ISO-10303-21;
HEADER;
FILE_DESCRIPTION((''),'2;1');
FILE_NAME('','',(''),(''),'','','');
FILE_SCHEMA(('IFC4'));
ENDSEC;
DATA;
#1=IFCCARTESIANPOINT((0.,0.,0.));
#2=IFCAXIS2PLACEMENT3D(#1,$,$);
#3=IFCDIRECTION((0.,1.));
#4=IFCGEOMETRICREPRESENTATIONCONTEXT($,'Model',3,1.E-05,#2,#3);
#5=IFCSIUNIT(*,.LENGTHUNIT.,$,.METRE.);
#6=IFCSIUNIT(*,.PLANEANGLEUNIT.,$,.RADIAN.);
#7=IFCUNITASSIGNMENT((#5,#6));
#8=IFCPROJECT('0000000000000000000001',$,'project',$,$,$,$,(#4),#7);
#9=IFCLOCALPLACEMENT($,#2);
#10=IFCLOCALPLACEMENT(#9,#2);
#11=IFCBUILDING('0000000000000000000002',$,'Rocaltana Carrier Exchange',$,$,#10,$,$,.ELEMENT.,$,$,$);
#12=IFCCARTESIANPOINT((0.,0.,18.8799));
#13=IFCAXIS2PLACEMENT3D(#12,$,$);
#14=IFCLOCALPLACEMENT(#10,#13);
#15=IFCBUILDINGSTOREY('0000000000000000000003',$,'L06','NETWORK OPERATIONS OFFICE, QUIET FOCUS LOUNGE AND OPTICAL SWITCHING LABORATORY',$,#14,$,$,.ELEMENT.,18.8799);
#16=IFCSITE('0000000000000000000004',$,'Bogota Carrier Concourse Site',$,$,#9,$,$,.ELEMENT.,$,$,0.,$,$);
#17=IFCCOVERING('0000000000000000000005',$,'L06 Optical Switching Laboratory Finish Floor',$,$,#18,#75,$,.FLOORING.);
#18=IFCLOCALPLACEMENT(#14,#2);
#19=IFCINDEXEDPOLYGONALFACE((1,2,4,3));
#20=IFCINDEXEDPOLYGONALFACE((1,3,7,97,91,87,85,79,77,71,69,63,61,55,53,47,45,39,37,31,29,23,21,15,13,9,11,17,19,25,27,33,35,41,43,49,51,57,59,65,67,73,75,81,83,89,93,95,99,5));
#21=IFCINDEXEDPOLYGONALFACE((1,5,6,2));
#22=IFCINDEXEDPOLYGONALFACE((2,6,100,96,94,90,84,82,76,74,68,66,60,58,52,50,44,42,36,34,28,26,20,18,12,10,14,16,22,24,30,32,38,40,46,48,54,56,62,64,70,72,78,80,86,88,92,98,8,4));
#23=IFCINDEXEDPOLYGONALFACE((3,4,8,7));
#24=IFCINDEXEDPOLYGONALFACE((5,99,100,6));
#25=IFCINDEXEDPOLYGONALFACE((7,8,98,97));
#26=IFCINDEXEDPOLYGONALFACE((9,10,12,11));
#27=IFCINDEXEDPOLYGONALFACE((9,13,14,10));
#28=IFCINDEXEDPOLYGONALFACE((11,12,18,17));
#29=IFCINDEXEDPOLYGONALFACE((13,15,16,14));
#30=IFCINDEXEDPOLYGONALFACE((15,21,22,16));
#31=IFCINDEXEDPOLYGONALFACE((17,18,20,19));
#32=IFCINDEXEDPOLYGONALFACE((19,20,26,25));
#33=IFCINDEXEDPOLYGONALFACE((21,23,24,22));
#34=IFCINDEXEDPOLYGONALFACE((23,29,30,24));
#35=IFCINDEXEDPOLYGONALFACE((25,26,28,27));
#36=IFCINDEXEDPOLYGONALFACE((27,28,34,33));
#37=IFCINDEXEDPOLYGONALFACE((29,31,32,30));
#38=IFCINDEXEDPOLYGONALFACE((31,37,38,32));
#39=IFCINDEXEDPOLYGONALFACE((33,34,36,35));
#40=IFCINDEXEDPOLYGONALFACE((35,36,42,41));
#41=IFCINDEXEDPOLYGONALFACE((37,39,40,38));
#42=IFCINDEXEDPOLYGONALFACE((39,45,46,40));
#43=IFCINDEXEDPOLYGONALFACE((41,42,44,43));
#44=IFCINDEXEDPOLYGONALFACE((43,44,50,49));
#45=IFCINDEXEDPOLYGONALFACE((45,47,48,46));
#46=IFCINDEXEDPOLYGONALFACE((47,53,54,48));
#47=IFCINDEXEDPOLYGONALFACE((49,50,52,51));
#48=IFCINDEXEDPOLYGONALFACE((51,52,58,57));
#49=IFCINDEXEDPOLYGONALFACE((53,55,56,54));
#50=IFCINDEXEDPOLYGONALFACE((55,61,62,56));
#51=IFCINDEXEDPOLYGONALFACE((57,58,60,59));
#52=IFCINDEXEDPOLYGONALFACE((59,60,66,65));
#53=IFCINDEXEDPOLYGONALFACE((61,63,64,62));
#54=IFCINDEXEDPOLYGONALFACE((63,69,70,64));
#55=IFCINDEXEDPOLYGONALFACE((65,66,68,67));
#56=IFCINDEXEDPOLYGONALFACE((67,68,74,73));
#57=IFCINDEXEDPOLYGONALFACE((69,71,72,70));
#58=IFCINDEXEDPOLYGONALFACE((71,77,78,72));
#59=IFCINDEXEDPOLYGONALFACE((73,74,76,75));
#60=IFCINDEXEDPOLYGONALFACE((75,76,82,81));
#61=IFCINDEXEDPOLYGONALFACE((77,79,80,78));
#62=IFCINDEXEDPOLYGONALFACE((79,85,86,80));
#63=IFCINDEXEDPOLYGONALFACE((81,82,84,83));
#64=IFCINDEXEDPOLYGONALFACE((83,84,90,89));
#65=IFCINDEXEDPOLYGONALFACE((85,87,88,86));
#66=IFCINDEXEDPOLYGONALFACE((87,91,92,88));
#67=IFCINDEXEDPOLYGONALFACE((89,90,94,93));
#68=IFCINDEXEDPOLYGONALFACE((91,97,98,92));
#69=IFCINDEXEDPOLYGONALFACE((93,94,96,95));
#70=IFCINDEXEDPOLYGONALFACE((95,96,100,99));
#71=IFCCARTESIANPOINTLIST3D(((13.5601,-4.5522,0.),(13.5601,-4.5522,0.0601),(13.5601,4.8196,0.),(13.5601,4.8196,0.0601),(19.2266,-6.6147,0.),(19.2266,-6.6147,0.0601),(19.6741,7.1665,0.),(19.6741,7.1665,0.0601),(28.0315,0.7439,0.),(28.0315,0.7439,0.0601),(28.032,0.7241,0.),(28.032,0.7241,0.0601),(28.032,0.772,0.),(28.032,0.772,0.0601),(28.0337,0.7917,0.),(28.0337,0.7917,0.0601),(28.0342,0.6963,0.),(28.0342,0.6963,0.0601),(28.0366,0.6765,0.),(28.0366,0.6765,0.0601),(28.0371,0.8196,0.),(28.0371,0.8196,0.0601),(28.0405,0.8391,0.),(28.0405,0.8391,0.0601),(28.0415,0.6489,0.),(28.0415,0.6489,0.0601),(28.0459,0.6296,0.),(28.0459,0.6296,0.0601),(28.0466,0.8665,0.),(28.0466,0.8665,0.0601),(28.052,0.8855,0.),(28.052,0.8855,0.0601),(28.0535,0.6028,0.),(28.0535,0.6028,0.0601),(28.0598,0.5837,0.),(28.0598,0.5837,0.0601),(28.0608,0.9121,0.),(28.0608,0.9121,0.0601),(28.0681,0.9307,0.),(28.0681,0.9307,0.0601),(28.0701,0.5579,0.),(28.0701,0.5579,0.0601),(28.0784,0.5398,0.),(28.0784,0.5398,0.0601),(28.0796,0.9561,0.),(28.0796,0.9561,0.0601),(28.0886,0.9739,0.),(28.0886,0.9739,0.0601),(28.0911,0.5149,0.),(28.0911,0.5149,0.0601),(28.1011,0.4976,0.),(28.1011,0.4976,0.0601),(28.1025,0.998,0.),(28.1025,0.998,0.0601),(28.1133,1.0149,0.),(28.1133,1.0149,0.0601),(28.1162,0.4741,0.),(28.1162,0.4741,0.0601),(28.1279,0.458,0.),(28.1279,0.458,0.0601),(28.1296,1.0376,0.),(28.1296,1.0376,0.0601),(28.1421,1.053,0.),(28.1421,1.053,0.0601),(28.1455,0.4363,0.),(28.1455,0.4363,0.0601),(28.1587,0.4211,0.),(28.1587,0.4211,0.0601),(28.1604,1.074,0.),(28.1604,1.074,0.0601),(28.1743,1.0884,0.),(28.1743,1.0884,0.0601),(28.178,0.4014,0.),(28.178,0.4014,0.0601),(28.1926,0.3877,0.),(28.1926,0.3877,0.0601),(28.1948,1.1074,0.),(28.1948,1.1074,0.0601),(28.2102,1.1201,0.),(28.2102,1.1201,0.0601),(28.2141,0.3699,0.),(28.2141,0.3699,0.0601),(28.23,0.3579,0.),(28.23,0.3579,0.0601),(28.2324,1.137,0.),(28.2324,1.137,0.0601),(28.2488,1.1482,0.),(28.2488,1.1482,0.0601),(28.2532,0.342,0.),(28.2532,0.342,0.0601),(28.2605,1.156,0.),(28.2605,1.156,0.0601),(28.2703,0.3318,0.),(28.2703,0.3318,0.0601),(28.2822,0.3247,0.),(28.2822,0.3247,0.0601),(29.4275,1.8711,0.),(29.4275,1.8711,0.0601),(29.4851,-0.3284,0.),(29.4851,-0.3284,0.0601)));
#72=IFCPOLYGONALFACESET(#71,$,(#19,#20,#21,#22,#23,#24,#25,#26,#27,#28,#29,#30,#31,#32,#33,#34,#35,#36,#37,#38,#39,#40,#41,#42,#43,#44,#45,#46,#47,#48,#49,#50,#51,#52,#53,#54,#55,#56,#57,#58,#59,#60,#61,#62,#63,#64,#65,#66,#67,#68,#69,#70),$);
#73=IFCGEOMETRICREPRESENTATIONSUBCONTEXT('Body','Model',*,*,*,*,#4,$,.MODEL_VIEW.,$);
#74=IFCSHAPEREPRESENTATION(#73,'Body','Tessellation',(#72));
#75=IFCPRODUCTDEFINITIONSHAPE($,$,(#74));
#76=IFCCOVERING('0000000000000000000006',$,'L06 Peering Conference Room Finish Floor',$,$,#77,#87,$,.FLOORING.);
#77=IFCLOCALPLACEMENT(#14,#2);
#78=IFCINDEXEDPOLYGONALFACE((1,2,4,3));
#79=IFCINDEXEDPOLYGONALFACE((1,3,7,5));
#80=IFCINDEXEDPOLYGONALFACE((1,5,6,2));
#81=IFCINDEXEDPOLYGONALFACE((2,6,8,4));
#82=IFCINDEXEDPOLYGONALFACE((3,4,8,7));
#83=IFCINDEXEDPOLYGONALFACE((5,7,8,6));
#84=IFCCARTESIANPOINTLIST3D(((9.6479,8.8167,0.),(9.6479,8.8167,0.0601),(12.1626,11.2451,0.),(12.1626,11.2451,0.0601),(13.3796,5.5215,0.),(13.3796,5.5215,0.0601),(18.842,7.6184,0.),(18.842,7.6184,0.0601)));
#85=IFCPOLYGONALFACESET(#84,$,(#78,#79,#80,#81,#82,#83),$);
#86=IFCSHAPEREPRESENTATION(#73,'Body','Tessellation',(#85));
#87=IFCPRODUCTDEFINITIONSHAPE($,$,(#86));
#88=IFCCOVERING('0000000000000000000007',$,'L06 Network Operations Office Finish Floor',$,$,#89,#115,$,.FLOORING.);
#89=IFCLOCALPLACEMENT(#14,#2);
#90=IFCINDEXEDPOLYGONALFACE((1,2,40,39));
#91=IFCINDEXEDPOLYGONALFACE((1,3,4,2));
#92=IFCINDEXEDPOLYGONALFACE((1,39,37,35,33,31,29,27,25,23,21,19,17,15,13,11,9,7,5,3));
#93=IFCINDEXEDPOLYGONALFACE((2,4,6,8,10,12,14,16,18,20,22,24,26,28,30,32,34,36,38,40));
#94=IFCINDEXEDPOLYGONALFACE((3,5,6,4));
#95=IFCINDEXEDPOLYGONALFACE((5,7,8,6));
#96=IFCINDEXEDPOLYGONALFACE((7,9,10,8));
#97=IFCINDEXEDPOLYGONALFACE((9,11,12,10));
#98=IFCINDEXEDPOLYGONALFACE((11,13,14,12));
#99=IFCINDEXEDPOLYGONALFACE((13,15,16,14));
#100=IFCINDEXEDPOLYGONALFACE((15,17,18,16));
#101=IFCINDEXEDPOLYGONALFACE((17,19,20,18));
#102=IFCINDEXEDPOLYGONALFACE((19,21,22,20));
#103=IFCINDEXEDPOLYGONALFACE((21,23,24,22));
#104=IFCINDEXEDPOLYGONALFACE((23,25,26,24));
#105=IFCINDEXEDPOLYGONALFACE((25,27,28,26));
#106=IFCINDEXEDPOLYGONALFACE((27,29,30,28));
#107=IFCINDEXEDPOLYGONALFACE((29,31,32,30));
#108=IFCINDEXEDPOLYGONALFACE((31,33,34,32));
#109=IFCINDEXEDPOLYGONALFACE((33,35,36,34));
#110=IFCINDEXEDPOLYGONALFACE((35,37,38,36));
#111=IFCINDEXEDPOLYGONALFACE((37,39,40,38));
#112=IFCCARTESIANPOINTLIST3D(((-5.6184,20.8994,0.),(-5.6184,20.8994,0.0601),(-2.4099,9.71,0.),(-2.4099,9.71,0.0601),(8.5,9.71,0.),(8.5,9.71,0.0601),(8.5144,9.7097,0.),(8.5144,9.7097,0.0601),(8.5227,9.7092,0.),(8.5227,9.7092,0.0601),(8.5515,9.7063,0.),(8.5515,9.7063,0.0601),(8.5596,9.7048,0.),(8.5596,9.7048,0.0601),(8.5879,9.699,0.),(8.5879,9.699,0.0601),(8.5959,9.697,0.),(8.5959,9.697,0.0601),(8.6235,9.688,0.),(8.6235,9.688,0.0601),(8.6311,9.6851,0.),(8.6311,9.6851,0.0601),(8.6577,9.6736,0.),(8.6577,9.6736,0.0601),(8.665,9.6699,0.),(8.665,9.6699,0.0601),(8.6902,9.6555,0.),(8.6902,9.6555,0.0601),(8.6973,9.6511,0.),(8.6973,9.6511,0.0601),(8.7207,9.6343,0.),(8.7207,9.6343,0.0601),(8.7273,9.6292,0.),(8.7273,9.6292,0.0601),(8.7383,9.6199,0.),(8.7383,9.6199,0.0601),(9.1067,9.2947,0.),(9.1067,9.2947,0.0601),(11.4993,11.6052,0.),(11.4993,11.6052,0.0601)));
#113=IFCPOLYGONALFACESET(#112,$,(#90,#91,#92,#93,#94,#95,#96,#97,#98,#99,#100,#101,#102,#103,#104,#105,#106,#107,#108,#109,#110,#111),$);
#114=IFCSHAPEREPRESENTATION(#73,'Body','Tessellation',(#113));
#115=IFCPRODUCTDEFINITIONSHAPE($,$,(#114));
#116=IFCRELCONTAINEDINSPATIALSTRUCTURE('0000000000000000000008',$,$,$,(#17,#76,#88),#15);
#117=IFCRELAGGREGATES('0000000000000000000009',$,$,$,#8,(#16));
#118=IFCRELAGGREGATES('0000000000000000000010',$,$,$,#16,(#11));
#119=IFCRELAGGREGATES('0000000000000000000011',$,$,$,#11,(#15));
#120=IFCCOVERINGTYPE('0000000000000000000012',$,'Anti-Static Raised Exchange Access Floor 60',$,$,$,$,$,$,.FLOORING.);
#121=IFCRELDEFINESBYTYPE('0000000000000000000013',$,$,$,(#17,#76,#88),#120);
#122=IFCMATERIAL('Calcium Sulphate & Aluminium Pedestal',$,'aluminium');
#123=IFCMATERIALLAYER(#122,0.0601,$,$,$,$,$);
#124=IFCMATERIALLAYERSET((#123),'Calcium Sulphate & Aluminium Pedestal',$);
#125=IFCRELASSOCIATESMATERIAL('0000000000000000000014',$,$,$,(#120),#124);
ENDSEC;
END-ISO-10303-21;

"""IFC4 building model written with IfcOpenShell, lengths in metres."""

from ifc_helpers import new_model, si_unit, direction, frame, origin, place, context, subcontext, project, spatial, polyline, outline, extrude, material, layer, layer_set, type_object, element, save


model = new_model("IFC4")

# Units and contexts
model_context = context("Model", 3, precision=1e-05, world=origin(), true_north=direction((0.0, 1.0)))
body_context = subcontext(model_context, "Body", "Model", "MODEL_VIEW")
ifc_project = project(units=[si_unit("LENGTHUNIT", "METRE"), si_unit("PLANEANGLEUNIT", "RADIAN")], contexts=[model_context])

# Site, building, storey
site_placement = place(None, origin())
site = spatial("IfcSite", under=ifc_project, at=site_placement, Name="Bogota Carrier Concourse Site", CompositionType="ELEMENT", RefElevation=0.0)
building_placement = place(site_placement, origin())
building = spatial("IfcBuilding", under=site, at=building_placement, Name="Rocaltana Carrier Exchange", CompositionType="ELEMENT")
storey_placement = place(building_placement, frame((0.0, 0.0, 18.8799)))
storey = spatial("IfcBuildingStorey", under=building, at=storey_placement, Name="L06", Description="NETWORK OPERATIONS OFFICE, QUIET FOCUS LOUNGE AND OPTICAL SWITCHING LABORATORY", CompositionType="ELEMENT", Elevation=18.8799)

# Coverings
ifc_material_1 = material(Name="Calcium Sulphate & Aluminium Pedestal", Category="aluminium")
ifc_layer_1 = layer(ifc_material_1, 0.0601)
ifc_layer_set_1 = layer_set([ifc_layer_1], Name="Calcium Sulphate & Aluminium Pedestal")
covering_type_1 = type_object("IfcCoveringType", Name="Anti-Static Raised Exchange Access Floor 60", PredefinedType="FLOORING", material=ifc_layer_set_1)
covering_1_placement = place(storey_placement, origin())
element("IfcCovering", 1, at=covering_1_placement, inside=storey, type_object=covering_type_1, Name="L06 Optical Switching Laboratory Finish Floor", PredefinedType="FLOORING", context=body_context, shape_type="SweptSolid", body=[
    extrude(outline(polyline([(29.4275, 1.8711), (28.2605, 1.156), (28.2488, 1.1482), (28.2324, 1.137), (28.2102, 1.1201), (28.1948, 1.1074), (28.1743, 1.0884), (28.1604, 1.074), (28.1421, 1.053), (28.1296, 1.0376), (28.1133, 1.0149), (28.1025, 0.998), (28.0886, 0.9739), (28.0796, 0.9561), (28.0681, 0.9307), (28.0608, 0.9121), (28.052, 0.8855), (28.0466, 0.8665), (28.0405, 0.8391), (28.0371, 0.8196), (28.0337, 0.7917), (28.032, 0.772), (28.0315, 0.7439), (28.032, 0.7241), (28.0342, 0.6963), (28.0366, 0.6765), (28.0415, 0.6489), (28.0459, 0.6296), (28.0535, 0.6028), (28.0598, 0.5837), (28.0701, 0.5579), (28.0784, 0.5398), (28.0911, 0.5149), (28.1011, 0.4976), (28.1162, 0.4741), (28.1279, 0.458), (28.1455, 0.4363), (28.1587, 0.4211), (28.178, 0.4014), (28.1926, 0.3877), (28.2141, 0.3699), (28.23, 0.3579), (28.2532, 0.342), (28.2703, 0.3318), (28.2822, 0.3247), (29.4851, -0.3284), (19.2266, -6.6147), (13.5601, -4.5522), (13.5601, 4.8196), (19.6741, 7.1665), (29.4275, 1.8711)])), origin(), (0.0, 0.0, 1.0), 0.0601),
])
covering_2_placement = place(storey_placement, origin())
element("IfcCovering", 2, at=covering_2_placement, inside=storey, type_object=covering_type_1, Name="L06 Peering Conference Room Finish Floor", PredefinedType="FLOORING", context=body_context, shape_type="SweptSolid", body=[
    extrude(outline(polyline([(13.3796, 5.5215), (9.6479, 8.8167), (12.1626, 11.2451), (18.842, 7.6184), (13.3796, 5.5215)])), origin(), (0.0, 0.0, 1.0), 0.0601),
])
covering_3_placement = place(storey_placement, origin())
element("IfcCovering", 3, at=covering_3_placement, inside=storey, type_object=covering_type_1, Name="L06 Network Operations Office Finish Floor", PredefinedType="FLOORING", context=body_context, shape_type="SweptSolid", body=[
    extrude(outline(polyline([(11.4993, 11.6052), (9.1067, 9.2947), (8.7383, 9.6199), (8.7273, 9.6292), (8.7207, 9.6343), (8.6973, 9.6511), (8.6902, 9.6555), (8.665, 9.6699), (8.6577, 9.6736), (8.6311, 9.6851), (8.6235, 9.688), (8.5959, 9.697), (8.5879, 9.699), (8.5596, 9.7048), (8.5515, 9.7063), (8.5227, 9.7092), (8.5144, 9.7097), (8.5, 9.71), (-2.4099, 9.71), (-5.6184, 20.8994), (11.4993, 11.6052)])), origin(), (0.0, 0.0, 1.0), 0.0601),
])

save(model, "model.ifc")
